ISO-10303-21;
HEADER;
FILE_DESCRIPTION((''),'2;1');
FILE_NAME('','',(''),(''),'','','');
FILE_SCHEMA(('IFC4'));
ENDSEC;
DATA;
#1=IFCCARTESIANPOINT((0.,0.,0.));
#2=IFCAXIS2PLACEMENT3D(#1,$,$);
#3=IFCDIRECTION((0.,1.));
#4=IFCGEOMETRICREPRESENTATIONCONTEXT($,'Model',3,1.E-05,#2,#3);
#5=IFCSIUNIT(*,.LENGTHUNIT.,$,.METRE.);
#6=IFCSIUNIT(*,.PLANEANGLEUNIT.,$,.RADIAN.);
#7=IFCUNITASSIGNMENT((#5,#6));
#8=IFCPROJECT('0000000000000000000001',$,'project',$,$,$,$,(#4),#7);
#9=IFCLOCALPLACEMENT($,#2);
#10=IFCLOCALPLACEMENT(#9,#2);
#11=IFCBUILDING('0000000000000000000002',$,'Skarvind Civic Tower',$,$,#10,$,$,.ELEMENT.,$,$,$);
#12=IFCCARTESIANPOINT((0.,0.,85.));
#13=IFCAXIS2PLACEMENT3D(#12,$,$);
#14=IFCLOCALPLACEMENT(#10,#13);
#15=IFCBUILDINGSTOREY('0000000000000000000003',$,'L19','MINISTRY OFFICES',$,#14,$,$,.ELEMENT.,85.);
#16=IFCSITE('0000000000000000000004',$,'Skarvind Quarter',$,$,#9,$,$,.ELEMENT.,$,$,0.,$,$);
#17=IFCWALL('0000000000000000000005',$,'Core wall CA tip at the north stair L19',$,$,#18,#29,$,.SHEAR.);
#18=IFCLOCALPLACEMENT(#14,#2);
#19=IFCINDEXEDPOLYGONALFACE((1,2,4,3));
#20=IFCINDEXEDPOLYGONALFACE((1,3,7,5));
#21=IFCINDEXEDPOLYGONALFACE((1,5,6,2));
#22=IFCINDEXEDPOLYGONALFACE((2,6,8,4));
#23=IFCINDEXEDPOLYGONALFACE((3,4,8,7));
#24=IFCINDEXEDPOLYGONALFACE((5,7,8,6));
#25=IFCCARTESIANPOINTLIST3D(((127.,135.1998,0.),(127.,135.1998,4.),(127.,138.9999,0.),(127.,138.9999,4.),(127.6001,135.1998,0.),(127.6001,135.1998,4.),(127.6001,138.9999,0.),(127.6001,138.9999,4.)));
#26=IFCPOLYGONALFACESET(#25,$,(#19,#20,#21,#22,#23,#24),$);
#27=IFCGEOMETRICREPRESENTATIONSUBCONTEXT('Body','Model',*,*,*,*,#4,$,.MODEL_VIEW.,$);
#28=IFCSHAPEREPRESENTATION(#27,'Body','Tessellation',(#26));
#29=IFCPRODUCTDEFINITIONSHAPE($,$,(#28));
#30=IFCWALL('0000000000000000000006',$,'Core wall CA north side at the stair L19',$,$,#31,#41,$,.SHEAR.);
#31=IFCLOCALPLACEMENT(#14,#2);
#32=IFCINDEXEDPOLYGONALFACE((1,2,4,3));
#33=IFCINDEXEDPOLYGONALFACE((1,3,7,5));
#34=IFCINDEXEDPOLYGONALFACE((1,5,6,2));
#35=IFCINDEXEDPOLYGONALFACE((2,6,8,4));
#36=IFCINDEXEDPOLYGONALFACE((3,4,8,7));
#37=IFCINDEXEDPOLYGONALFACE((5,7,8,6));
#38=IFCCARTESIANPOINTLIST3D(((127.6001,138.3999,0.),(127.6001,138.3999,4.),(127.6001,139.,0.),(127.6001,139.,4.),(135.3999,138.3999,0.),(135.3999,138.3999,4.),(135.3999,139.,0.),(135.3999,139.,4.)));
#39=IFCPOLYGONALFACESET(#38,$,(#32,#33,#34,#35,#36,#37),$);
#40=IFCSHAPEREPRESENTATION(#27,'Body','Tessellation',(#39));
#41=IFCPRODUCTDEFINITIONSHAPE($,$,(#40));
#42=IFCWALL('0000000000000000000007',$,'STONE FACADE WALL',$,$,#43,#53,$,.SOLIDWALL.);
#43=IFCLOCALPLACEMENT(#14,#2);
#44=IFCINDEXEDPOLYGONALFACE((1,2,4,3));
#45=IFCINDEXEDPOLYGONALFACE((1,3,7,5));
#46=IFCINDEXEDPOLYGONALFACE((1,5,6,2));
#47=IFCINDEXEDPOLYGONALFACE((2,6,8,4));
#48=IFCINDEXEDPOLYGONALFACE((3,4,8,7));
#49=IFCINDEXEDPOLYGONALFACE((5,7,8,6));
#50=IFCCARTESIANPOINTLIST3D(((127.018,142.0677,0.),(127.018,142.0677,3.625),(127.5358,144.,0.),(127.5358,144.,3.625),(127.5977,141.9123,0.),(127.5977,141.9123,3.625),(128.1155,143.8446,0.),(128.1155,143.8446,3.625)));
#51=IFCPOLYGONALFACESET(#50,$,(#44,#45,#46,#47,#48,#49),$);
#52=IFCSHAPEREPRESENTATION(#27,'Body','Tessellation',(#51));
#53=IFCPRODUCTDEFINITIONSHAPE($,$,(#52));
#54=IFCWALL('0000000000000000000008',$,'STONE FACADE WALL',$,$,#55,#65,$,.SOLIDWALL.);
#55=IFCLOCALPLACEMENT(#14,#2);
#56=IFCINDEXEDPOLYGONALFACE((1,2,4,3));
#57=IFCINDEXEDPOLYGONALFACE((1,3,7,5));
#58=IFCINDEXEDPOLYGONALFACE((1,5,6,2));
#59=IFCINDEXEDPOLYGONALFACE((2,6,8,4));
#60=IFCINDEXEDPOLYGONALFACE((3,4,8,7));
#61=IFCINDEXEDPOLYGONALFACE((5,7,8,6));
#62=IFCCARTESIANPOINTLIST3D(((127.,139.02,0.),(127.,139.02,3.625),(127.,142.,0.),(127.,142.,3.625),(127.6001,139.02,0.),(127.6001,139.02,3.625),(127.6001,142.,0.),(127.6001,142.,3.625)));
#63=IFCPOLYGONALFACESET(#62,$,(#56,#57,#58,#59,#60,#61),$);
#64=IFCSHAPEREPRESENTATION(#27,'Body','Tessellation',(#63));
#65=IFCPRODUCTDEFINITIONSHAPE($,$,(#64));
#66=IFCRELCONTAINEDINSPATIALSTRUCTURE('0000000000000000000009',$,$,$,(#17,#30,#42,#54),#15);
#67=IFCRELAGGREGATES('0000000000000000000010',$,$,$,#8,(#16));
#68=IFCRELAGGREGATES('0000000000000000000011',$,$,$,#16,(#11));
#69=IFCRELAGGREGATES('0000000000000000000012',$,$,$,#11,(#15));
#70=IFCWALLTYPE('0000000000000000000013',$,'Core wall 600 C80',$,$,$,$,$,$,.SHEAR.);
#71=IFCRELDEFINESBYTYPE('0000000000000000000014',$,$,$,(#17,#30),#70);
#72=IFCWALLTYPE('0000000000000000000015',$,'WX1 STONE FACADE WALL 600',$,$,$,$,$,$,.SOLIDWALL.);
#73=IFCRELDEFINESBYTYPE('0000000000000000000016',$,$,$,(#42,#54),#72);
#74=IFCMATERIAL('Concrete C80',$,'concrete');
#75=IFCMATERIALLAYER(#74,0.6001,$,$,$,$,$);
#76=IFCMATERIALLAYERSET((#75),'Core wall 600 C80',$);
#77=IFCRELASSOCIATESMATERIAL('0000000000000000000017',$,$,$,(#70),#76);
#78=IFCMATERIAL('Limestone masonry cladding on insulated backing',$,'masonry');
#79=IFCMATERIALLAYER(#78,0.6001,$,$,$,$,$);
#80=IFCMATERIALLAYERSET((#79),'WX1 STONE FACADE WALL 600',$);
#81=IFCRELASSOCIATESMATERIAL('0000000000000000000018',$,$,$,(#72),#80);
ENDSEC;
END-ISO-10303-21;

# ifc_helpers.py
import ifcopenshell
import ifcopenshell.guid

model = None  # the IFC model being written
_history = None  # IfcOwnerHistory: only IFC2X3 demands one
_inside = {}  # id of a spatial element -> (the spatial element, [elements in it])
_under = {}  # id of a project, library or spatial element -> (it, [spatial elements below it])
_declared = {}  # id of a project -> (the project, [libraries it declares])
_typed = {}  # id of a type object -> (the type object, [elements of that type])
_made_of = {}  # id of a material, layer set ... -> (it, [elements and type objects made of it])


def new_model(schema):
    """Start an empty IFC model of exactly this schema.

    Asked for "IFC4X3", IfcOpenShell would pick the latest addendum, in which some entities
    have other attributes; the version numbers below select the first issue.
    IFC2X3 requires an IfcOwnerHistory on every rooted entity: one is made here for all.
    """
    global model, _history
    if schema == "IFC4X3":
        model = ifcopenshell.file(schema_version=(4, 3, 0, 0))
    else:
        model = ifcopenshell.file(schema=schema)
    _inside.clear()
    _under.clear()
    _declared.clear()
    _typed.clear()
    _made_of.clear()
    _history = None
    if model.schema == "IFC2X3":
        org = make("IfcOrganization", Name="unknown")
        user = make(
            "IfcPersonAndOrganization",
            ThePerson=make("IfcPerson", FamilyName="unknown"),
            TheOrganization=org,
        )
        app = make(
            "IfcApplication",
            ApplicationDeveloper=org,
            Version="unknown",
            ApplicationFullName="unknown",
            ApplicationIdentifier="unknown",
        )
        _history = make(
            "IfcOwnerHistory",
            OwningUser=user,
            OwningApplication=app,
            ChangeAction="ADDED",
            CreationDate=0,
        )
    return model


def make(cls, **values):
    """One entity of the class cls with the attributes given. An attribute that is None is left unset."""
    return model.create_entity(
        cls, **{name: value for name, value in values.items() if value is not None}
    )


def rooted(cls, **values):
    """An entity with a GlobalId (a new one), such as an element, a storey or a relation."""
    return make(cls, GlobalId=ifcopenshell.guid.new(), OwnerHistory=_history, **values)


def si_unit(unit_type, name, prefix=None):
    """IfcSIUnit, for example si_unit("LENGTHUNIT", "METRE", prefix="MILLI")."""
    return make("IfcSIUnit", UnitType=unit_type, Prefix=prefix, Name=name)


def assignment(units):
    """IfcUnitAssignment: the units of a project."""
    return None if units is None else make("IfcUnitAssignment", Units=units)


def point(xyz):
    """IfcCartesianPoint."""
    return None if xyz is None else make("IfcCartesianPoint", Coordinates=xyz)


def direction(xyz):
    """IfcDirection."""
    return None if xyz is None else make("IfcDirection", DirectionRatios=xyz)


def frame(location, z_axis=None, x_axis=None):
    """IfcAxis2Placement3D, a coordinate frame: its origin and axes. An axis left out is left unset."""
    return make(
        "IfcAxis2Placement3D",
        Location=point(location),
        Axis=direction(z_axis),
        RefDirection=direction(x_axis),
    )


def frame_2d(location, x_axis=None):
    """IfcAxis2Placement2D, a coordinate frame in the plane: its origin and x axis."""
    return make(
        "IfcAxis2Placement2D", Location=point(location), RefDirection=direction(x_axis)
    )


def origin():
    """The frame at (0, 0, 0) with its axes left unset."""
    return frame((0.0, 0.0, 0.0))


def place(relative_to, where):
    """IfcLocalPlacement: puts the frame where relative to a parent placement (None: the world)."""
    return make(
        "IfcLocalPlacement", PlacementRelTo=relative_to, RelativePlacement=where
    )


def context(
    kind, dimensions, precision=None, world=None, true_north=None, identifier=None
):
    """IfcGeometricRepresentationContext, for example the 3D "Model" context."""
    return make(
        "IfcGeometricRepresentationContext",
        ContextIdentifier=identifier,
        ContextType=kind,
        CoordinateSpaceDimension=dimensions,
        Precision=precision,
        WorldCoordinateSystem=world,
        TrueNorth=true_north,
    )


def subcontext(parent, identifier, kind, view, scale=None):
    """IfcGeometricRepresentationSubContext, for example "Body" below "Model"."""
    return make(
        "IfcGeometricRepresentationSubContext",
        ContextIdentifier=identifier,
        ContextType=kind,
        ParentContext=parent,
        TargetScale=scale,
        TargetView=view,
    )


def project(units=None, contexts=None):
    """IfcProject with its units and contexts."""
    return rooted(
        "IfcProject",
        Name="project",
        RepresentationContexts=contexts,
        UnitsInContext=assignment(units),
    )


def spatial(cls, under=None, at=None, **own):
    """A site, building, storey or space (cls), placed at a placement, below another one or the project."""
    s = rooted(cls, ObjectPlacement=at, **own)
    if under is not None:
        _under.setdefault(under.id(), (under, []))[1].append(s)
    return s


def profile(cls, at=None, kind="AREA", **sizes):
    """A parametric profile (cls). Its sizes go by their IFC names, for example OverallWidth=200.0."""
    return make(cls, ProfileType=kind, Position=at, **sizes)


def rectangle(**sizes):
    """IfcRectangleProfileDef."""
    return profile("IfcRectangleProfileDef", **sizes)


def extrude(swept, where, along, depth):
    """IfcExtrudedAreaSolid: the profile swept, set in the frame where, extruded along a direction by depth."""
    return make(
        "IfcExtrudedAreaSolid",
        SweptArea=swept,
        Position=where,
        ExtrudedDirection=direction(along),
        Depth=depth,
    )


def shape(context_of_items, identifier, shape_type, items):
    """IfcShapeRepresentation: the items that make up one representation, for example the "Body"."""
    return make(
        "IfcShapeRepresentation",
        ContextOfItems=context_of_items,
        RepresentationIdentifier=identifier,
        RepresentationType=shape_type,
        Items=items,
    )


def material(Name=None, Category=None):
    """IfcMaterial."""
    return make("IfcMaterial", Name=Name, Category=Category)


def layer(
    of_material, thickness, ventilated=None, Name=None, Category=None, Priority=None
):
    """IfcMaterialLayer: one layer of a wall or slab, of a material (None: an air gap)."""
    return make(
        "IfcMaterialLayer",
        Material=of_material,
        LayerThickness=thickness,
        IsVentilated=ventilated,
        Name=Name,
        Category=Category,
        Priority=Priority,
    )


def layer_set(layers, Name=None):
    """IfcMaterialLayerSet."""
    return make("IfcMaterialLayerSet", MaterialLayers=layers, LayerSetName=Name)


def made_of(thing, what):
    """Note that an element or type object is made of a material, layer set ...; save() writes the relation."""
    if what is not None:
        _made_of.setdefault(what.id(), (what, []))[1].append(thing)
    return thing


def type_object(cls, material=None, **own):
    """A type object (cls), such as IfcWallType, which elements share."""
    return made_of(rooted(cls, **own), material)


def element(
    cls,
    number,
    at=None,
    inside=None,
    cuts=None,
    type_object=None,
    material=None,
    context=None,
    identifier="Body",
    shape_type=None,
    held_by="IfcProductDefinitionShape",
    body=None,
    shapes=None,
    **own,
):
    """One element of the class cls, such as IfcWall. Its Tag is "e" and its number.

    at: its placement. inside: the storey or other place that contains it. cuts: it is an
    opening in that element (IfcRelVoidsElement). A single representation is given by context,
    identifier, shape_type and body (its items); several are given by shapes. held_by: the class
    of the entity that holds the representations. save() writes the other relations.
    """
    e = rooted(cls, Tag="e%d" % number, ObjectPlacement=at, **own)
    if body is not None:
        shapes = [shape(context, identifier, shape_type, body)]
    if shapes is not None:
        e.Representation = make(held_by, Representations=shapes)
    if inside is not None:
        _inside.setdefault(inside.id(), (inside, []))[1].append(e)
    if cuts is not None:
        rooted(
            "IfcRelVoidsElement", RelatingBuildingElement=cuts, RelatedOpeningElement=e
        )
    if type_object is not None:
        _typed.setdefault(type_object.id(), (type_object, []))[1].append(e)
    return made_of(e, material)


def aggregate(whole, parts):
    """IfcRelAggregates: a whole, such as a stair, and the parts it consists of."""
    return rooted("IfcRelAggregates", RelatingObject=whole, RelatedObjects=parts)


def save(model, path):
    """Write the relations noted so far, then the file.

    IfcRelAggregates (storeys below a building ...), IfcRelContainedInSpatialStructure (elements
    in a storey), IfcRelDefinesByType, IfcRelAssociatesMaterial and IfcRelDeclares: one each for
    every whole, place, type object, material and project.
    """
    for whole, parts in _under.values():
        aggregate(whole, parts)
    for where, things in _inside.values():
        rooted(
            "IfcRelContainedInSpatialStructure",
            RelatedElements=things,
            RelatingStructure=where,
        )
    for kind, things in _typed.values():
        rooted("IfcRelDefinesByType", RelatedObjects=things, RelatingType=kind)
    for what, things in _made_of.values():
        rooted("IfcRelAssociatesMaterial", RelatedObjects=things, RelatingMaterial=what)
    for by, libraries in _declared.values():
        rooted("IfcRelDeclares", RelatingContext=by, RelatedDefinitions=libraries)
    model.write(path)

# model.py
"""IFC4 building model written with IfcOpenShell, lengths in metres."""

from ifc_helpers import new_model, si_unit, direction, frame, frame_2d, origin, place, context, subcontext, project, spatial, rectangle, extrude, material, layer, layer_set, type_object, element, save


model = new_model("IFC4")

# Units and contexts
model_context = context("Model", 3, precision=1e-05, world=origin(), true_north=direction((0.0, 1.0)))
body_context = subcontext(model_context, "Body", "Model", "MODEL_VIEW")
ifc_project = project(units=[si_unit("LENGTHUNIT", "METRE"), si_unit("PLANEANGLEUNIT", "RADIAN")], contexts=[model_context])

# Site, building, storey
site_placement = place(None, origin())
site = spatial("IfcSite", under=ifc_project, at=site_placement, Name="Skarvind Quarter", CompositionType="ELEMENT", RefElevation=0.0)
building_placement = place(site_placement, origin())
building = spatial("IfcBuilding", under=site, at=building_placement, Name="Skarvind Civic Tower", CompositionType="ELEMENT")
storey_placement = place(building_placement, frame((0.0, 0.0, 85.0)))
storey = spatial("IfcBuildingStorey", under=building, at=storey_placement, Name="L19", Description="MINISTRY OFFICES", CompositionType="ELEMENT", Elevation=85.0)

# Shared definitions
ifc_material_1 = material(Name="Concrete C80", Category="concrete")

# Walls
ifc_layer_1 = layer(ifc_material_1, 0.6001)
ifc_layer_set_1 = layer_set([ifc_layer_1], Name="Core wall 600 C80")
wall_type_1 = type_object("IfcWallType", Name="Core wall 600 C80", PredefinedType="SHEAR", material=ifc_layer_set_1)
wall_1_placement = place(storey_placement, frame((127.3, 135.2, 0.0), z_axis=(0.0, 0.0, 1.0), x_axis=(0.0, 1.0, 0.0)))
element("IfcWall", 1, at=wall_1_placement, inside=storey, type_object=wall_type_1, Name="Core wall CA tip at the north stair L19", PredefinedType="SHEAR", context=body_context, shape_type="SweptSolid", body=[
    extrude(rectangle(XDim=3.8, YDim=0.6001, at=frame_2d((1.8999, 0.0))), origin(), (0.0, 0.0, 1.0), 4.0),
])
wall_2_placement = place(storey_placement, frame((127.6001, 138.7, 0.0), z_axis=(0.0, 0.0, 1.0), x_axis=(1.0, 0.0, 0.0)))
element("IfcWall", 2, at=wall_2_placement, inside=storey, type_object=wall_type_1, Name="Core wall CA north side at the stair L19", PredefinedType="SHEAR", context=body_context, shape_type="SweptSolid", body=[
    extrude(rectangle(XDim=7.7998, YDim=0.6001, at=frame_2d((3.8999, 0.0))), origin(), (0.0, 0.0, 1.0), 4.0),
])
ifc_material_2 = material(Name="Limestone masonry cladding on insulated backing", Category="masonry")
ifc_layer_2 = layer(ifc_material_2, 0.6001)
ifc_layer_set_2 = layer_set([ifc_layer_2], Name="WX1 STONE FACADE WALL 600")
wall_type_2 = type_object("IfcWallType", Name="WX1 STONE FACADE WALL 600", PredefinedType="SOLIDWALL", material=ifc_layer_set_2)
wall_3_placement = place(storey_placement, frame((127.3079, 141.99, 0.0), z_axis=(0.0, 0.0, 1.0), x_axis=(0.25884, 0.96592, 0.0)))
element("IfcWall", 3, at=wall_3_placement, inside=storey, type_object=wall_type_2, Name="STONE FACADE WALL", PredefinedType="SOLIDWALL", context=body_context, shape_type="SweptSolid", body=[
    extrude(rectangle(XDim=2.0005, YDim=0.6001, at=frame_2d((1.0002, 0.0))), origin(), (0.0, 0.0, 1.0), 3.625),
])
wall_4_placement = place(storey_placement, frame((127.3, 139.02, 0.0), z_axis=(0.0, 0.0, 1.0), x_axis=(0.0, 1.0, 0.0)))
element("IfcWall", 4, at=wall_4_placement, inside=storey, type_object=wall_type_2, Name="STONE FACADE WALL", PredefinedType="SOLIDWALL", context=body_context, shape_type="SweptSolid", body=[
    extrude(rectangle(XDim=2.98, YDim=0.6001, at=frame_2d((1.49, 0.0))), origin(), (0.0, 0.0, 1.0), 3.625),
])

save(model, "model.ifc")
